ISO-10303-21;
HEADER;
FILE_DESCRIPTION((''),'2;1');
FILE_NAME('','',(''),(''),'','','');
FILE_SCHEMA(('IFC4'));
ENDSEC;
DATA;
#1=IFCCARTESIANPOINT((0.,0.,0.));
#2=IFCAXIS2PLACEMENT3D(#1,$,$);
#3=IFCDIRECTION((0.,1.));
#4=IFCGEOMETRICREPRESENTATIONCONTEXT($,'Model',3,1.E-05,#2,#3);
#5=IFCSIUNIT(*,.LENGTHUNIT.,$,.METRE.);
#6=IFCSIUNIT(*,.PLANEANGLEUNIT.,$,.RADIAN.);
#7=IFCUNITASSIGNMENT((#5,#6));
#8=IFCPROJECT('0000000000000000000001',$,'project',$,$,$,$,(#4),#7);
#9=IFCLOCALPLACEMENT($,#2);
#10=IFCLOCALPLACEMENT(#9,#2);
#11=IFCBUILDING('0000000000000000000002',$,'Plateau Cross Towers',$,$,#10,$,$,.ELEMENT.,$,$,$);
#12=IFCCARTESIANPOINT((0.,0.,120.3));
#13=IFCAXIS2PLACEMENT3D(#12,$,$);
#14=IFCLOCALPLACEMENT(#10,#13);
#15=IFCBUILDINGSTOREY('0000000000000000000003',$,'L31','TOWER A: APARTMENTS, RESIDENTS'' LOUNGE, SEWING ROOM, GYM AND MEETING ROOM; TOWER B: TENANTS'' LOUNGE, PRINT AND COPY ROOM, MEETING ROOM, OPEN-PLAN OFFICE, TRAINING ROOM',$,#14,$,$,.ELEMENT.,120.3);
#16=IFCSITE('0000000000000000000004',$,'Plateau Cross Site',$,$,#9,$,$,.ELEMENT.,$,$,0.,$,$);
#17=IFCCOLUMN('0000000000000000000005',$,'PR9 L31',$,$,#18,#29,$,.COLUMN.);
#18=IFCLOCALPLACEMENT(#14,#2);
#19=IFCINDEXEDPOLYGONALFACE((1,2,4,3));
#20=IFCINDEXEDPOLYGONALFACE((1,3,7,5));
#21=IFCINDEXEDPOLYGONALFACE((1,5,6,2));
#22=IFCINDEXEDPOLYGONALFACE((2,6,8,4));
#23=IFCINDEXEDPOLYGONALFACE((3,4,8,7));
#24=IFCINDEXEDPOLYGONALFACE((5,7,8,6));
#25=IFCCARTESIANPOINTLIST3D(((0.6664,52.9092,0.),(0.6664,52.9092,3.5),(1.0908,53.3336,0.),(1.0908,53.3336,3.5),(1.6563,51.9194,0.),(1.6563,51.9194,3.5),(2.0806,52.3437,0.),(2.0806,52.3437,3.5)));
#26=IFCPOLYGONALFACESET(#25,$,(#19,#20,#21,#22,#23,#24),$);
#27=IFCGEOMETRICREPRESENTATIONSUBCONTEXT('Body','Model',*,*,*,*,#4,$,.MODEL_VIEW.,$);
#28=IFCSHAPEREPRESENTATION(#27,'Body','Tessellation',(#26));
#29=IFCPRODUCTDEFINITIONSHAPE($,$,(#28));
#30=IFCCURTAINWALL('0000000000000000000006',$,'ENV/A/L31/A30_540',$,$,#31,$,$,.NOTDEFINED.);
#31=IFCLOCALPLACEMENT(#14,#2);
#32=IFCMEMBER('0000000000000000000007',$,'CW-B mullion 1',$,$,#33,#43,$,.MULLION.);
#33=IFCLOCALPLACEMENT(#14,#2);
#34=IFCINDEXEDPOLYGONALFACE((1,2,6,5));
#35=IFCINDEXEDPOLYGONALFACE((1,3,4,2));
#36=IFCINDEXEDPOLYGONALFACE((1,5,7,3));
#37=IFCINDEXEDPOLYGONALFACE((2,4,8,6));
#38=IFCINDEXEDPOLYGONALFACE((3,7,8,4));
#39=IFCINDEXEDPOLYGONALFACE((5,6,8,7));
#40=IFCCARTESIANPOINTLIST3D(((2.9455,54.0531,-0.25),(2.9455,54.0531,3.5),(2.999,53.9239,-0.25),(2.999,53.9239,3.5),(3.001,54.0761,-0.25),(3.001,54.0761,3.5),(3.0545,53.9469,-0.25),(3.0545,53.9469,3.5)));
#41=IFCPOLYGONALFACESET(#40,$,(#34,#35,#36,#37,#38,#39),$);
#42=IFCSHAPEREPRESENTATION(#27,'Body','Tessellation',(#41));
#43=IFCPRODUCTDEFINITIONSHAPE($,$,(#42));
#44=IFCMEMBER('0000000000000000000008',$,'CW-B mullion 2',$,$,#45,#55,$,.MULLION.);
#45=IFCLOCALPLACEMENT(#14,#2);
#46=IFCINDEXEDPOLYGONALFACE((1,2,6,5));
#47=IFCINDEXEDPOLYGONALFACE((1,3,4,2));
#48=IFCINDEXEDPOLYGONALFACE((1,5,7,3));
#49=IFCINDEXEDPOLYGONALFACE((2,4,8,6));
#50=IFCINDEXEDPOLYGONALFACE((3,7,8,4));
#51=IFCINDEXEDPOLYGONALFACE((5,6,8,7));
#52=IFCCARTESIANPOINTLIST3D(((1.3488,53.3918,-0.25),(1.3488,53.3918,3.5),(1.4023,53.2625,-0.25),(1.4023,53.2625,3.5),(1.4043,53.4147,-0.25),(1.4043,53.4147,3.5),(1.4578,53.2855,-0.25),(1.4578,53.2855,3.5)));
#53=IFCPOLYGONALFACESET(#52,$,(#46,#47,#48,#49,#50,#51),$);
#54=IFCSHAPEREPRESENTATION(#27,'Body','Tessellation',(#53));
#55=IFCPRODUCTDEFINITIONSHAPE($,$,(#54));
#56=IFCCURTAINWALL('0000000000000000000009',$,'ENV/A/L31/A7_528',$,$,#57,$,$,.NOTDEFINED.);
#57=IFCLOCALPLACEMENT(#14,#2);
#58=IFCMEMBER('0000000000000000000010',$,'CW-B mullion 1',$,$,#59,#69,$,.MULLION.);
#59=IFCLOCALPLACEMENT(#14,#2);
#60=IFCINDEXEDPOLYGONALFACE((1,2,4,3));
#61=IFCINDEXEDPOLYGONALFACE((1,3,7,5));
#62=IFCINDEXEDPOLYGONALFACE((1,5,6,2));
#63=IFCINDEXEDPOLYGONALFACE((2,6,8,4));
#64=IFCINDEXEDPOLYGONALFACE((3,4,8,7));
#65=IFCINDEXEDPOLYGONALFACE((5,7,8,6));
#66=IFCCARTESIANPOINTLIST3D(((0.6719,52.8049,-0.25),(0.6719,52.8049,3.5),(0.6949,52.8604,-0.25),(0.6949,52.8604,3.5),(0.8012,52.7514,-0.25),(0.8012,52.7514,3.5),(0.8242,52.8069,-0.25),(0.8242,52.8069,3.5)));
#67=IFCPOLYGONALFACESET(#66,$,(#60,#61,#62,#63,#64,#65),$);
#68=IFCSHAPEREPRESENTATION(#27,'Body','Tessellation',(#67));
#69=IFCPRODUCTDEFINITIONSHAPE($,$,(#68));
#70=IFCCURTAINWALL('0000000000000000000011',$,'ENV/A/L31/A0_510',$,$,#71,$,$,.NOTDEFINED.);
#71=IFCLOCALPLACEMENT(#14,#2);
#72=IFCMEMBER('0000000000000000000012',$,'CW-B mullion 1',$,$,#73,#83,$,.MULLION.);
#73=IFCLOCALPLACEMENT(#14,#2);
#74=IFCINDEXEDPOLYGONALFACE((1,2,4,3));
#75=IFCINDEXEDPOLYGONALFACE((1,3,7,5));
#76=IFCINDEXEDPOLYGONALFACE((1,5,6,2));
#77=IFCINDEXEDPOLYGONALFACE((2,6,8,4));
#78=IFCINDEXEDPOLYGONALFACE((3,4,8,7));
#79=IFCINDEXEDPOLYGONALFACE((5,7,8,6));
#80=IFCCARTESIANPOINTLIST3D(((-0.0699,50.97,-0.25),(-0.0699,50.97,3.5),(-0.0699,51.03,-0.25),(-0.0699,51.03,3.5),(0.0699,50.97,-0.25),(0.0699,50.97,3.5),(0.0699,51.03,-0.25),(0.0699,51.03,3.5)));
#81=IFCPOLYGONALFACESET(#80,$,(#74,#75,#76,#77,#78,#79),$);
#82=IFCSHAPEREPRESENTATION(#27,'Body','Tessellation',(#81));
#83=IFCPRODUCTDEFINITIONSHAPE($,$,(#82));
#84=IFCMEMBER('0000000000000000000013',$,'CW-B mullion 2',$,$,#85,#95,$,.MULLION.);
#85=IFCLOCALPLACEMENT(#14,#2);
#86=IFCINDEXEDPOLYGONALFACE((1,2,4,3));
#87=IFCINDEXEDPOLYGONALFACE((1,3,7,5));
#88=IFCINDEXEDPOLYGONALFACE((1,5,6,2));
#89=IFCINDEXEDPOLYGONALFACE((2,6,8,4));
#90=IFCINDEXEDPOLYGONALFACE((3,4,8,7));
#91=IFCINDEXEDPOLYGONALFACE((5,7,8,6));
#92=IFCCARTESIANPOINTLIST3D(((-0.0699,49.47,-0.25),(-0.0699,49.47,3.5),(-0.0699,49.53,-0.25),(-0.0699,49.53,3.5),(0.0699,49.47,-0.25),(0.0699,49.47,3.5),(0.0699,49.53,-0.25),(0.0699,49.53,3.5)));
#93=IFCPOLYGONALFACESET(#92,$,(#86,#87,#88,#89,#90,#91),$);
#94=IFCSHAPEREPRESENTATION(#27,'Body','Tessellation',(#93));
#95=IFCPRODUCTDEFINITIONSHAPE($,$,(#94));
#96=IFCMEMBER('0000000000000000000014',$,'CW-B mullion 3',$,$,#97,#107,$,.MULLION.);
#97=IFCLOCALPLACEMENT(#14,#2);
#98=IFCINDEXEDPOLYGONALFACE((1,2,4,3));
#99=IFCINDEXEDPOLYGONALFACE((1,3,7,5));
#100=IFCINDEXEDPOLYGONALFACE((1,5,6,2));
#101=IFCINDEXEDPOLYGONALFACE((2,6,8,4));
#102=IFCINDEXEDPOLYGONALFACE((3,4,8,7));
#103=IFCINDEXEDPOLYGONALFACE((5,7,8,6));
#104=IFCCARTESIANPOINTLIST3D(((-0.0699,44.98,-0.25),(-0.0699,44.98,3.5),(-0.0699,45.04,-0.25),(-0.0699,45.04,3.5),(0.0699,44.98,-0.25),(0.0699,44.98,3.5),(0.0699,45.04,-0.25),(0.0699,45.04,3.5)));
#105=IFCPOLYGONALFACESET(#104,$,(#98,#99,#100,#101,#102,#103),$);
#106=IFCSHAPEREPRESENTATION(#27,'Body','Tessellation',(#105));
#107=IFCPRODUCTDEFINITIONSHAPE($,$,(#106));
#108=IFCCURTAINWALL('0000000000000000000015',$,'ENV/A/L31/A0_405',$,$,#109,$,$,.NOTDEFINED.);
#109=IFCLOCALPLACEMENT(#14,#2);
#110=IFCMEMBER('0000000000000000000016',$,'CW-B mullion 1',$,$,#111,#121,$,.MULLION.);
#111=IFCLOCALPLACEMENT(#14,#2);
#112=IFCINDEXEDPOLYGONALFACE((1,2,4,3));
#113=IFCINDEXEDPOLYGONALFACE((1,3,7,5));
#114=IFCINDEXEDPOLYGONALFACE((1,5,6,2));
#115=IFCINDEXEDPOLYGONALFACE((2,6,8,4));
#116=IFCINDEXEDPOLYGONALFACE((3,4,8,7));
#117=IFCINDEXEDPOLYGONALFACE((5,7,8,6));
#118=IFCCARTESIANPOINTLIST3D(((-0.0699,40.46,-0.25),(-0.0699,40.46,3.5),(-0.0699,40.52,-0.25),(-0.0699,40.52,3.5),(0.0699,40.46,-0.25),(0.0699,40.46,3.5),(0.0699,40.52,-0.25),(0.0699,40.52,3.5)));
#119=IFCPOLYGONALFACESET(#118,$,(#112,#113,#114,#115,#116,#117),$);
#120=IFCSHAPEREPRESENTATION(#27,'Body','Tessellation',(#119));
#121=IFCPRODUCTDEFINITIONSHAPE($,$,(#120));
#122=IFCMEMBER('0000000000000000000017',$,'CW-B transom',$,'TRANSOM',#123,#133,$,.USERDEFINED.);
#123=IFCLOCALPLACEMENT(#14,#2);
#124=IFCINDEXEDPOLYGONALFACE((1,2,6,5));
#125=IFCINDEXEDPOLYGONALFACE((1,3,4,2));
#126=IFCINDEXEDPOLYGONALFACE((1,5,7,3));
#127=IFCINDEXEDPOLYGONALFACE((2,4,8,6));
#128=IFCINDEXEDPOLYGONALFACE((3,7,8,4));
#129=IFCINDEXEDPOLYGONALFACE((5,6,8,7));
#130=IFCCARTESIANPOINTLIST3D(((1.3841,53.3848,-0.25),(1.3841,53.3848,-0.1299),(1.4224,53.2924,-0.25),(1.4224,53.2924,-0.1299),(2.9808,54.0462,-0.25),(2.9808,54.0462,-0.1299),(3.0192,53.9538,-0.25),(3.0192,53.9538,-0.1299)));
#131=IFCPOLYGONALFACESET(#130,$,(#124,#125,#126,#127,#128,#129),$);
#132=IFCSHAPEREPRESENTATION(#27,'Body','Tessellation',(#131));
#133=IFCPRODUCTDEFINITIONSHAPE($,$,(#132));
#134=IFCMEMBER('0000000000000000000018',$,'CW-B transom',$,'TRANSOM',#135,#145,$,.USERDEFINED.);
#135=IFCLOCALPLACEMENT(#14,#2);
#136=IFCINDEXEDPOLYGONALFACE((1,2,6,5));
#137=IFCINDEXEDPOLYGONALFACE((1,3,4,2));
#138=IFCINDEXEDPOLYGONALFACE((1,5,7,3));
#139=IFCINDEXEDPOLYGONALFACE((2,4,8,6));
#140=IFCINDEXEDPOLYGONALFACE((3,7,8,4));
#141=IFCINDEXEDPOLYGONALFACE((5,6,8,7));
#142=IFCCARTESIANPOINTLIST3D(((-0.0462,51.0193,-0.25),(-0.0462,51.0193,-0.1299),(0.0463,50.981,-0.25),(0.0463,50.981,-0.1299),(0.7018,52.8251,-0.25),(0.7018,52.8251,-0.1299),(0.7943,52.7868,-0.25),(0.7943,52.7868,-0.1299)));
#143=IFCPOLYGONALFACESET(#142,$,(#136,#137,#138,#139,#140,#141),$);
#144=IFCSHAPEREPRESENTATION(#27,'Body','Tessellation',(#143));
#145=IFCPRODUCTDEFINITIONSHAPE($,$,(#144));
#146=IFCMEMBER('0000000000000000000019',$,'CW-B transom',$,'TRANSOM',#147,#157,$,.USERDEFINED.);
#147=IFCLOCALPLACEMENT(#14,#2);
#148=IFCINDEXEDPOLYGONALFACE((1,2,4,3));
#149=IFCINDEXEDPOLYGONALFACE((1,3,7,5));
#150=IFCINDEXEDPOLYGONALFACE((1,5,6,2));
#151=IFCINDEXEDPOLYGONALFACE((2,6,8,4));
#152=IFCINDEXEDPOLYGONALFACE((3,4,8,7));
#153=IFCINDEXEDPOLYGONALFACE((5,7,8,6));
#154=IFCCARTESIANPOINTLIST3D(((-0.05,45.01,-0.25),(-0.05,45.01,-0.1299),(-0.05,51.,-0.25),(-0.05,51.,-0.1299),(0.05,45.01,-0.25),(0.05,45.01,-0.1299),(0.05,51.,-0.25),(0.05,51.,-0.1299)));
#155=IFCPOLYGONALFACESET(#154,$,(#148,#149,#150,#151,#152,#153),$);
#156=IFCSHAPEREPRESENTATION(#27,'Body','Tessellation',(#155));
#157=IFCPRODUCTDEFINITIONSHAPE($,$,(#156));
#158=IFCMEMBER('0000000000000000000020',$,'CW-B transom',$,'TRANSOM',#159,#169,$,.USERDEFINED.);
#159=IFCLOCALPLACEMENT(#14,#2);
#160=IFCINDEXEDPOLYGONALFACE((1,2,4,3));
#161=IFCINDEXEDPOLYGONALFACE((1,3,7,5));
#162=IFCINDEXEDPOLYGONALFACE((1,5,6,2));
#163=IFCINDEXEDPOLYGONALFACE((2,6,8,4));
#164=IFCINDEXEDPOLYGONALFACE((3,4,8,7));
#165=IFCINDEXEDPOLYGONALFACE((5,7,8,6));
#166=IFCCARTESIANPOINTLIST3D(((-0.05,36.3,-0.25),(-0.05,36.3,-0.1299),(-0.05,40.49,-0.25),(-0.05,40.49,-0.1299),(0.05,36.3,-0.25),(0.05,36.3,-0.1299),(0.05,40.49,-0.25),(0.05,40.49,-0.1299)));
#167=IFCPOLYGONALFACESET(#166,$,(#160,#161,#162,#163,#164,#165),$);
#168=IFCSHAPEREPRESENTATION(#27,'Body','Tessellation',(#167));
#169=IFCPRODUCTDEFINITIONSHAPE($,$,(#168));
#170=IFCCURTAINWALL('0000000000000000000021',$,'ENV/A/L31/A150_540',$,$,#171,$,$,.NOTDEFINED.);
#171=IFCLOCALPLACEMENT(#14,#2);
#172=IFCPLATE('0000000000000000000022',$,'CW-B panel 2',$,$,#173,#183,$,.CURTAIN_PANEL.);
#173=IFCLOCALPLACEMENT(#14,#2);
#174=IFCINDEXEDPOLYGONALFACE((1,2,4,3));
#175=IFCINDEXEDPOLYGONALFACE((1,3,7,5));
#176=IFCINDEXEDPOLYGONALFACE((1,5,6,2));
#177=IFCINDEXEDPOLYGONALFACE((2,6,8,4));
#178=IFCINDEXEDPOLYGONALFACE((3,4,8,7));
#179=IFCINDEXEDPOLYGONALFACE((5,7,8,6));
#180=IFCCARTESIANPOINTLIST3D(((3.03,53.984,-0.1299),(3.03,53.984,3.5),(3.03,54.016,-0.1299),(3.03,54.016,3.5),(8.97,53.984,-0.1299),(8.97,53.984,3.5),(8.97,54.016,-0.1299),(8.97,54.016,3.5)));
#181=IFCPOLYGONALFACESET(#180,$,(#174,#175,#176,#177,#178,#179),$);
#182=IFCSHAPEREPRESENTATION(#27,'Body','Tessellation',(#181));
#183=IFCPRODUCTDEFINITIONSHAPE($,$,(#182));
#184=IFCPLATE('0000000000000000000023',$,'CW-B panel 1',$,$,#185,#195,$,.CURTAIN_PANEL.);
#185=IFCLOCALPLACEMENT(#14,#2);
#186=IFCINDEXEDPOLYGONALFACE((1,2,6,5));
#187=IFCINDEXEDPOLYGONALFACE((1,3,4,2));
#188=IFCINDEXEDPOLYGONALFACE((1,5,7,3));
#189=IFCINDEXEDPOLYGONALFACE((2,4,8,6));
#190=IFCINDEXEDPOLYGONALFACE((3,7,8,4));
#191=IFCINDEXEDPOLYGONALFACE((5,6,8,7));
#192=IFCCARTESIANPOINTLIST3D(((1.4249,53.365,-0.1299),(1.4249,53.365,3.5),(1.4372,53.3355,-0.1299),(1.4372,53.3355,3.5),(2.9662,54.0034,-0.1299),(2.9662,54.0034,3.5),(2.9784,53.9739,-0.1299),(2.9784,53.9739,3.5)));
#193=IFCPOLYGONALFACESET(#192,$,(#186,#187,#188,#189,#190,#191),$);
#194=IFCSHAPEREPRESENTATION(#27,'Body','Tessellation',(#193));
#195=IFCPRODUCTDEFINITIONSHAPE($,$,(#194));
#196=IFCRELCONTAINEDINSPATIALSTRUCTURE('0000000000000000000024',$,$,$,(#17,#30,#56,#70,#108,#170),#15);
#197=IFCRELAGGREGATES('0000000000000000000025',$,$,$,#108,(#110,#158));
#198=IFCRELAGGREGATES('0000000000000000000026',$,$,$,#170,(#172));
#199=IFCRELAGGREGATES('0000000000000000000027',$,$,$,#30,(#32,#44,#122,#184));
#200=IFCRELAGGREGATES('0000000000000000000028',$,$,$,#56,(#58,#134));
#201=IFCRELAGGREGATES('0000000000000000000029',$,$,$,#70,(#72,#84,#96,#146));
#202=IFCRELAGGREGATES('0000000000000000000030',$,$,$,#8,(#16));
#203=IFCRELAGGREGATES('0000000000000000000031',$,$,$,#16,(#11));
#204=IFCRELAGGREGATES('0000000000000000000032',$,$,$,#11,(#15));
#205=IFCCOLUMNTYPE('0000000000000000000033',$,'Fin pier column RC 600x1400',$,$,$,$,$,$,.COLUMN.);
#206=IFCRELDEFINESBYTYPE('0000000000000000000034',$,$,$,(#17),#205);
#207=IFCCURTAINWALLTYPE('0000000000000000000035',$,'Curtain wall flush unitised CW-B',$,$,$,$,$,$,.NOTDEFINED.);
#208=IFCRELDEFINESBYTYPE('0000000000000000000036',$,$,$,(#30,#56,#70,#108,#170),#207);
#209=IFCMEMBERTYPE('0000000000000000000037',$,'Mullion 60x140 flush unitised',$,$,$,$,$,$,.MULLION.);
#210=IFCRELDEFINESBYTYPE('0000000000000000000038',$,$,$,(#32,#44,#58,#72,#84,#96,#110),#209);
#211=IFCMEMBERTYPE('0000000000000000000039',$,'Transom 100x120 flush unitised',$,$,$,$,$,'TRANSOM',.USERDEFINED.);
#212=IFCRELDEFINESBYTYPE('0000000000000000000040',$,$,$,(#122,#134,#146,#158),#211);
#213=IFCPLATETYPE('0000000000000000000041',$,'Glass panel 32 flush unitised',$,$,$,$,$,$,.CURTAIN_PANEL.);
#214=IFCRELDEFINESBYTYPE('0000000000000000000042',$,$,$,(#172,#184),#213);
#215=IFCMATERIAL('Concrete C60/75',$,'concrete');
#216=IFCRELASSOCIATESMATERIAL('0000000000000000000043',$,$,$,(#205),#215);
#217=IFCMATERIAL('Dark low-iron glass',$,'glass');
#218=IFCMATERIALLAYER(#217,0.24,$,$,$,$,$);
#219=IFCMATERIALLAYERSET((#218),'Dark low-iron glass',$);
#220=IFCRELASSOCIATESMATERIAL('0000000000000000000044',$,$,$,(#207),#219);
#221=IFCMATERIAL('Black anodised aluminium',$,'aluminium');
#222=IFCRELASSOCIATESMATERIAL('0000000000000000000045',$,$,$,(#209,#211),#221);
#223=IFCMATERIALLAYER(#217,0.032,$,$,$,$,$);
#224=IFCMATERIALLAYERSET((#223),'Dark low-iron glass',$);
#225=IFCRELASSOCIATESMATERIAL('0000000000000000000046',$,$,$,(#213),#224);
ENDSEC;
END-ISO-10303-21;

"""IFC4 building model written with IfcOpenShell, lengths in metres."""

from ifc_helpers import new_model, si_unit, direction, frame, origin, origin_2d, place, context, subcontext, project, spatial, rectangle, extrude, material, layer, layer_set, material_profile, profile_set, type_object, element, aggregate, save


model = new_model("IFC4")

# Units and contexts
model_context = context("Model", 3, precision=1e-05, world=origin(), true_north=direction((0.0, 1.0)))
body_context = subcontext(model_context, "Body", "Model", "MODEL_VIEW")
ifc_project = project(units=[si_unit("LENGTHUNIT", "METRE"), si_unit("PLANEANGLEUNIT", "RADIAN")], contexts=[model_context])

# Site, building, storey
site_placement = place(None, origin())
site = spatial("IfcSite", under=ifc_project, at=site_placement, Name="Plateau Cross Site", CompositionType="ELEMENT", RefElevation=0.0)
building_placement = place(site_placement, origin())
building = spatial("IfcBuilding", under=site, at=building_placement, Name="Plateau Cross Towers", CompositionType="ELEMENT")
storey_placement = place(building_placement, frame((0.0, 0.0, 120.3)))
storey = spatial("IfcBuildingStorey", under=building, at=storey_placement, Name="L31", Description="TOWER A: APARTMENTS, RESIDENTS' LOUNGE, SEWING ROOM, GYM AND MEETING ROOM; TOWER B: TENANTS' LOUNGE, PRINT AND COPY ROOM, MEETING ROOM, OPEN-PLAN OFFICE, TRAINING ROOM", CompositionType="ELEMENT", Elevation=120.3)

# Column
ifc_material_1 = material(Name="Concrete C60/75", Category="concrete")
ifc_material_profile_1 = material_profile(ifc_material_1, rectangle(XDim=0.6001, YDim=1.3999, at=origin_2d()), Name="RC 600x1400")
ifc_profile_set_1 = profile_set([ifc_material_profile_1], Name="Concrete C60/75")
column_type = type_object("IfcColumnType", Name="Fin pier column RC 600x1400", PredefinedType="COLUMN", material=ifc_profile_set_1)
column_placement = place(storey_placement, frame((1.3735, 52.6265, 0.0), z_axis=(0.0, 0.0, 1.0), x_axis=(0.707107, 0.707107, 0.0)))
element("IfcColumn", 1, at=column_placement, inside=storey, type_object=column_type, Name="PR9 L31", PredefinedType="COLUMN", context=body_context, shape_type="SweptSolid", body=[
    extrude(rectangle(XDim=0.6001, YDim=1.3999, at=origin_2d()), origin(), (0.0, 0.0, 1.0), 3.5),
])

# Curtain wall, members
ifc_material_2 = material(Name="Dark low-iron glass", Category="glass")
ifc_layer_1 = layer(ifc_material_2, 0.24)
ifc_layer_set_1 = layer_set([ifc_layer_1], Name="Dark low-iron glass")
curtain_wall_type = type_object("IfcCurtainWallType", Name="Curtain wall flush unitised CW-B", PredefinedType="NOTDEFINED", material=ifc_layer_set_1)
curtain_wall_1_placement = place(storey_placement, origin())
curtain_wall_1 = element("IfcCurtainWall", 2, at=curtain_wall_1_placement, inside=storey, type_object=curtain_wall_type, Name="ENV/A/L31/A30_540", PredefinedType="NOTDEFINED")
ifc_material_3 = material(Name="Black anodised aluminium", Category="aluminium")
ifc_material_profile_2 = material_profile(ifc_material_3, rectangle(XDim=0.0601, YDim=0.1399, at=origin_2d()), Name="MULLION 60x140")
ifc_profile_set_2 = profile_set([ifc_material_profile_2], Name="Black anodised aluminium")
member_type_1 = type_object("IfcMemberType", Name="Mullion 60x140 flush unitised", PredefinedType="MULLION", material=ifc_profile_set_2)
member_1_placement = place(storey_placement, frame((3.0, 54.0, -0.25), z_axis=(0.0, 0.0, 1.0), x_axis=(-0.923879, -0.382684, 0.0)))
member_1 = element("IfcMember", 3, at=member_1_placement, type_object=member_type_1, Name="CW-B mullion 1", PredefinedType="MULLION", context=body_context, shape_type="SweptSolid", body=[
    extrude(rectangle(XDim=0.0601, YDim=0.1399, at=origin_2d()), origin(), (0.0, 0.0, 1.0), 3.75),
])
member_2_placement = place(storey_placement, frame((1.4033, 53.3386, -0.25), z_axis=(0.0, 0.0, 1.0), x_axis=(-0.923879, -0.382684, 0.0)))
member_2 = element("IfcMember", 4, at=member_2_placement, type_object=member_type_1, Name="CW-B mullion 2", PredefinedType="MULLION", context=body_context, shape_type="SweptSolid", body=[
    extrude(rectangle(XDim=0.0601, YDim=0.1399, at=origin_2d()), origin(), (0.0, 0.0, 1.0), 3.75),
])

# Curtain wall, member
curtain_wall_2_placement = place(storey_placement, origin())
curtain_wall_2 = element("IfcCurtainWall", 5, at=curtain_wall_2_placement, inside=storey, type_object=curtain_wall_type, Name="ENV/A/L31/A7_528", PredefinedType="NOTDEFINED")
member_3_placement = place(storey_placement, frame((0.748, 52.8059, -0.25), z_axis=(0.0, 0.0, 1.0), x_axis=(-0.382684, -0.923879, 0.0)))
member_3 = element("IfcMember", 6, at=member_3_placement, type_object=member_type_1, Name="CW-B mullion 1", PredefinedType="MULLION", context=body_context, shape_type="SweptSolid", body=[
    extrude(rectangle(XDim=0.0601, YDim=0.1399, at=origin_2d()), origin(), (0.0, 0.0, 1.0), 3.75),
])

# Curtain wall, members
curtain_wall_3_placement = place(storey_placement, origin())
curtain_wall_3 = element("IfcCurtainWall", 7, at=curtain_wall_3_placement, inside=storey, type_object=curtain_wall_type, Name="ENV/A/L31/A0_510", PredefinedType="NOTDEFINED")
member_4_placement = place(storey_placement, frame((0.0, 51.0, -0.25), z_axis=(0.0, 0.0, 1.0), x_axis=(0.0, -1.0, 0.0)))
member_4 = element("IfcMember", 8, at=member_4_placement, type_object=member_type_1, Name="CW-B mullion 1", PredefinedType="MULLION", context=body_context, shape_type="SweptSolid", body=[
    extrude(rectangle(XDim=0.0601, YDim=0.1399, at=origin_2d()), origin(), (0.0, 0.0, 1.0), 3.75),
])
member_5_placement = place(storey_placement, frame((0.0, 49.5, -0.25), z_axis=(0.0, 0.0, 1.0), x_axis=(0.0, -1.0, 0.0)))
member_5 = element("IfcMember", 9, at=member_5_placement, type_object=member_type_1, Name="CW-B mullion 2", PredefinedType="MULLION", context=body_context, shape_type="SweptSolid", body=[
    extrude(rectangle(XDim=0.0601, YDim=0.1399, at=origin_2d()), origin(), (0.0, 0.0, 1.0), 3.75),
])
member_6_placement = place(storey_placement, frame((0.0, 45.01, -0.25), z_axis=(0.0, 0.0, 1.0), x_axis=(0.0, -1.0, 0.0)))
member_6 = element("IfcMember", 10, at=member_6_placement, type_object=member_type_1, Name="CW-B mullion 3", PredefinedType="MULLION", context=body_context, shape_type="SweptSolid", body=[
    extrude(rectangle(XDim=0.0601, YDim=0.1399, at=origin_2d()), origin(), (0.0, 0.0, 1.0), 3.75),
])

# Curtain wall, member
curtain_wall_4_placement = place(storey_placement, origin())
curtain_wall_4 = element("IfcCurtainWall", 11, at=curtain_wall_4_placement, inside=storey, type_object=curtain_wall_type, Name="ENV/A/L31/A0_405", PredefinedType="NOTDEFINED")
member_7_placement = place(storey_placement, frame((0.0, 40.49, -0.25), z_axis=(0.0, 0.0, 1.0), x_axis=(0.0, -1.0, 0.0)))
member_7 = element("IfcMember", 12, at=member_7_placement, type_object=member_type_1, Name="CW-B mullion 1", PredefinedType="MULLION", context=body_context, shape_type="SweptSolid", body=[
    extrude(rectangle(XDim=0.0601, YDim=0.1399, at=origin_2d()), origin(), (0.0, 0.0, 1.0), 3.75),
])

# Members
ifc_material_profile_3 = material_profile(ifc_material_3, rectangle(XDim=0.1001, YDim=0.1201, at=origin_2d()), Name="TRANSOM 100x120")
ifc_profile_set_3 = profile_set([ifc_material_profile_3], Name="Black anodised aluminium")
member_type_2 = type_object("IfcMemberType", Name="Transom 100x120 flush unitised", ElementType="TRANSOM", PredefinedType="USERDEFINED", material=ifc_profile_set_3)
member_8_placement = place(storey_placement, frame((3.0, 54.0, -0.1899), z_axis=(-0.923877, -0.382689, 0.0), x_axis=(0.382689, -0.923877, 0.0)))
member_8 = element("IfcMember", 13, at=member_8_placement, type_object=member_type_2, Name="CW-B transom", ObjectType="TRANSOM", PredefinedType="USERDEFINED", context=body_context, shape_type="SweptSolid", body=[
    extrude(rectangle(XDim=0.1001, YDim=0.1201, at=origin_2d()), origin(), (0.0, 0.0, 1.0), 1.7283),
])
member_9_placement = place(storey_placement, frame((0.748, 52.8059, -0.1899), z_axis=(-0.38269, -0.923877, 0.0), x_axis=(0.923877, -0.38269, 0.0)))
member_9 = element("IfcMember", 14, at=member_9_placement, type_object=member_type_2, Name="CW-B transom", ObjectType="TRANSOM", PredefinedType="USERDEFINED", context=body_context, shape_type="SweptSolid", body=[
    extrude(rectangle(XDim=0.1001, YDim=0.1201, at=origin_2d()), origin(), (0.0, 0.0, 1.0), 1.9546),
])
member_10_placement = place(storey_placement, frame((0.0, 51.0, -0.1899), z_axis=(0.0, -1.0, 0.0), x_axis=(1.0, 0.0, 0.0)))
member_10 = element("IfcMember", 15, at=member_10_placement, type_object=member_type_2, Name="CW-B transom", ObjectType="TRANSOM", PredefinedType="USERDEFINED", context=body_context, shape_type="SweptSolid", body=[
    extrude(rectangle(XDim=0.1001, YDim=0.1201, at=origin_2d()), origin(), (0.0, 0.0, 1.0), 5.99),
])
member_11_placement = place(storey_placement, frame((0.0, 40.49, -0.1899), z_axis=(0.0, -1.0, 0.0), x_axis=(1.0, 0.0, 0.0)))
member_11 = element("IfcMember", 16, at=member_11_placement, type_object=member_type_2, Name="CW-B transom", ObjectType="TRANSOM", PredefinedType="USERDEFINED", context=body_context, shape_type="SweptSolid", body=[
    extrude(rectangle(XDim=0.1001, YDim=0.1201, at=origin_2d()), origin(), (0.0, 0.0, 1.0), 4.1899),
])
aggregate(curtain_wall_4, [member_7, member_11])

# Curtain wall, plate
curtain_wall_5_placement = place(storey_placement, origin())
curtain_wall_5 = element("IfcCurtainWall", 17, at=curtain_wall_5_placement, inside=storey, type_object=curtain_wall_type, Name="ENV/A/L31/A150_540", PredefinedType="NOTDEFINED")
ifc_layer_2 = layer(ifc_material_2, 0.032)
ifc_layer_set_2 = layer_set([ifc_layer_2], Name="Dark low-iron glass")
plate_type = type_object("IfcPlateType", Name="Glass panel 32 flush unitised", PredefinedType="CURTAIN_PANEL", material=ifc_layer_set_2)
plate_1_placement = place(storey_placement, frame((6.0, 54.0, -0.1299), z_axis=(0.0, 0.0, 1.0), x_axis=(-1.0, 0.0, 0.0)))
plate_1 = element("IfcPlate", 18, at=plate_1_placement, type_object=plate_type, Name="CW-B panel 2", PredefinedType="CURTAIN_PANEL", context=body_context, shape_type="SweptSolid", body=[
    extrude(rectangle(XDim=5.9399, YDim=0.032, at=origin_2d()), origin(), (0.0, 0.0, 1.0), 3.6299),
])
aggregate(curtain_wall_5, [plate_1])

# Plate
plate_2_placement = place(storey_placement, frame((2.2017, 53.6694, -0.1299), z_axis=(0.0, 0.0, 1.0), x_axis=(-0.923879, -0.382684, 0.0)))
plate_2 = element("IfcPlate", 19, at=plate_2_placement, type_object=plate_type, Name="CW-B panel 1", PredefinedType="CURTAIN_PANEL", context=body_context, shape_type="SweptSolid", body=[
    extrude(rectangle(XDim=1.6682, YDim=0.032, at=origin_2d()), origin(), (0.0, 0.0, 1.0), 3.6299),
])
aggregate(curtain_wall_1, [member_1, member_2, member_8, plate_2])
aggregate(curtain_wall_2, [member_3, member_9])
aggregate(curtain_wall_3, [member_4, member_5, member_6, member_10])

save(model, "model.ifc")
